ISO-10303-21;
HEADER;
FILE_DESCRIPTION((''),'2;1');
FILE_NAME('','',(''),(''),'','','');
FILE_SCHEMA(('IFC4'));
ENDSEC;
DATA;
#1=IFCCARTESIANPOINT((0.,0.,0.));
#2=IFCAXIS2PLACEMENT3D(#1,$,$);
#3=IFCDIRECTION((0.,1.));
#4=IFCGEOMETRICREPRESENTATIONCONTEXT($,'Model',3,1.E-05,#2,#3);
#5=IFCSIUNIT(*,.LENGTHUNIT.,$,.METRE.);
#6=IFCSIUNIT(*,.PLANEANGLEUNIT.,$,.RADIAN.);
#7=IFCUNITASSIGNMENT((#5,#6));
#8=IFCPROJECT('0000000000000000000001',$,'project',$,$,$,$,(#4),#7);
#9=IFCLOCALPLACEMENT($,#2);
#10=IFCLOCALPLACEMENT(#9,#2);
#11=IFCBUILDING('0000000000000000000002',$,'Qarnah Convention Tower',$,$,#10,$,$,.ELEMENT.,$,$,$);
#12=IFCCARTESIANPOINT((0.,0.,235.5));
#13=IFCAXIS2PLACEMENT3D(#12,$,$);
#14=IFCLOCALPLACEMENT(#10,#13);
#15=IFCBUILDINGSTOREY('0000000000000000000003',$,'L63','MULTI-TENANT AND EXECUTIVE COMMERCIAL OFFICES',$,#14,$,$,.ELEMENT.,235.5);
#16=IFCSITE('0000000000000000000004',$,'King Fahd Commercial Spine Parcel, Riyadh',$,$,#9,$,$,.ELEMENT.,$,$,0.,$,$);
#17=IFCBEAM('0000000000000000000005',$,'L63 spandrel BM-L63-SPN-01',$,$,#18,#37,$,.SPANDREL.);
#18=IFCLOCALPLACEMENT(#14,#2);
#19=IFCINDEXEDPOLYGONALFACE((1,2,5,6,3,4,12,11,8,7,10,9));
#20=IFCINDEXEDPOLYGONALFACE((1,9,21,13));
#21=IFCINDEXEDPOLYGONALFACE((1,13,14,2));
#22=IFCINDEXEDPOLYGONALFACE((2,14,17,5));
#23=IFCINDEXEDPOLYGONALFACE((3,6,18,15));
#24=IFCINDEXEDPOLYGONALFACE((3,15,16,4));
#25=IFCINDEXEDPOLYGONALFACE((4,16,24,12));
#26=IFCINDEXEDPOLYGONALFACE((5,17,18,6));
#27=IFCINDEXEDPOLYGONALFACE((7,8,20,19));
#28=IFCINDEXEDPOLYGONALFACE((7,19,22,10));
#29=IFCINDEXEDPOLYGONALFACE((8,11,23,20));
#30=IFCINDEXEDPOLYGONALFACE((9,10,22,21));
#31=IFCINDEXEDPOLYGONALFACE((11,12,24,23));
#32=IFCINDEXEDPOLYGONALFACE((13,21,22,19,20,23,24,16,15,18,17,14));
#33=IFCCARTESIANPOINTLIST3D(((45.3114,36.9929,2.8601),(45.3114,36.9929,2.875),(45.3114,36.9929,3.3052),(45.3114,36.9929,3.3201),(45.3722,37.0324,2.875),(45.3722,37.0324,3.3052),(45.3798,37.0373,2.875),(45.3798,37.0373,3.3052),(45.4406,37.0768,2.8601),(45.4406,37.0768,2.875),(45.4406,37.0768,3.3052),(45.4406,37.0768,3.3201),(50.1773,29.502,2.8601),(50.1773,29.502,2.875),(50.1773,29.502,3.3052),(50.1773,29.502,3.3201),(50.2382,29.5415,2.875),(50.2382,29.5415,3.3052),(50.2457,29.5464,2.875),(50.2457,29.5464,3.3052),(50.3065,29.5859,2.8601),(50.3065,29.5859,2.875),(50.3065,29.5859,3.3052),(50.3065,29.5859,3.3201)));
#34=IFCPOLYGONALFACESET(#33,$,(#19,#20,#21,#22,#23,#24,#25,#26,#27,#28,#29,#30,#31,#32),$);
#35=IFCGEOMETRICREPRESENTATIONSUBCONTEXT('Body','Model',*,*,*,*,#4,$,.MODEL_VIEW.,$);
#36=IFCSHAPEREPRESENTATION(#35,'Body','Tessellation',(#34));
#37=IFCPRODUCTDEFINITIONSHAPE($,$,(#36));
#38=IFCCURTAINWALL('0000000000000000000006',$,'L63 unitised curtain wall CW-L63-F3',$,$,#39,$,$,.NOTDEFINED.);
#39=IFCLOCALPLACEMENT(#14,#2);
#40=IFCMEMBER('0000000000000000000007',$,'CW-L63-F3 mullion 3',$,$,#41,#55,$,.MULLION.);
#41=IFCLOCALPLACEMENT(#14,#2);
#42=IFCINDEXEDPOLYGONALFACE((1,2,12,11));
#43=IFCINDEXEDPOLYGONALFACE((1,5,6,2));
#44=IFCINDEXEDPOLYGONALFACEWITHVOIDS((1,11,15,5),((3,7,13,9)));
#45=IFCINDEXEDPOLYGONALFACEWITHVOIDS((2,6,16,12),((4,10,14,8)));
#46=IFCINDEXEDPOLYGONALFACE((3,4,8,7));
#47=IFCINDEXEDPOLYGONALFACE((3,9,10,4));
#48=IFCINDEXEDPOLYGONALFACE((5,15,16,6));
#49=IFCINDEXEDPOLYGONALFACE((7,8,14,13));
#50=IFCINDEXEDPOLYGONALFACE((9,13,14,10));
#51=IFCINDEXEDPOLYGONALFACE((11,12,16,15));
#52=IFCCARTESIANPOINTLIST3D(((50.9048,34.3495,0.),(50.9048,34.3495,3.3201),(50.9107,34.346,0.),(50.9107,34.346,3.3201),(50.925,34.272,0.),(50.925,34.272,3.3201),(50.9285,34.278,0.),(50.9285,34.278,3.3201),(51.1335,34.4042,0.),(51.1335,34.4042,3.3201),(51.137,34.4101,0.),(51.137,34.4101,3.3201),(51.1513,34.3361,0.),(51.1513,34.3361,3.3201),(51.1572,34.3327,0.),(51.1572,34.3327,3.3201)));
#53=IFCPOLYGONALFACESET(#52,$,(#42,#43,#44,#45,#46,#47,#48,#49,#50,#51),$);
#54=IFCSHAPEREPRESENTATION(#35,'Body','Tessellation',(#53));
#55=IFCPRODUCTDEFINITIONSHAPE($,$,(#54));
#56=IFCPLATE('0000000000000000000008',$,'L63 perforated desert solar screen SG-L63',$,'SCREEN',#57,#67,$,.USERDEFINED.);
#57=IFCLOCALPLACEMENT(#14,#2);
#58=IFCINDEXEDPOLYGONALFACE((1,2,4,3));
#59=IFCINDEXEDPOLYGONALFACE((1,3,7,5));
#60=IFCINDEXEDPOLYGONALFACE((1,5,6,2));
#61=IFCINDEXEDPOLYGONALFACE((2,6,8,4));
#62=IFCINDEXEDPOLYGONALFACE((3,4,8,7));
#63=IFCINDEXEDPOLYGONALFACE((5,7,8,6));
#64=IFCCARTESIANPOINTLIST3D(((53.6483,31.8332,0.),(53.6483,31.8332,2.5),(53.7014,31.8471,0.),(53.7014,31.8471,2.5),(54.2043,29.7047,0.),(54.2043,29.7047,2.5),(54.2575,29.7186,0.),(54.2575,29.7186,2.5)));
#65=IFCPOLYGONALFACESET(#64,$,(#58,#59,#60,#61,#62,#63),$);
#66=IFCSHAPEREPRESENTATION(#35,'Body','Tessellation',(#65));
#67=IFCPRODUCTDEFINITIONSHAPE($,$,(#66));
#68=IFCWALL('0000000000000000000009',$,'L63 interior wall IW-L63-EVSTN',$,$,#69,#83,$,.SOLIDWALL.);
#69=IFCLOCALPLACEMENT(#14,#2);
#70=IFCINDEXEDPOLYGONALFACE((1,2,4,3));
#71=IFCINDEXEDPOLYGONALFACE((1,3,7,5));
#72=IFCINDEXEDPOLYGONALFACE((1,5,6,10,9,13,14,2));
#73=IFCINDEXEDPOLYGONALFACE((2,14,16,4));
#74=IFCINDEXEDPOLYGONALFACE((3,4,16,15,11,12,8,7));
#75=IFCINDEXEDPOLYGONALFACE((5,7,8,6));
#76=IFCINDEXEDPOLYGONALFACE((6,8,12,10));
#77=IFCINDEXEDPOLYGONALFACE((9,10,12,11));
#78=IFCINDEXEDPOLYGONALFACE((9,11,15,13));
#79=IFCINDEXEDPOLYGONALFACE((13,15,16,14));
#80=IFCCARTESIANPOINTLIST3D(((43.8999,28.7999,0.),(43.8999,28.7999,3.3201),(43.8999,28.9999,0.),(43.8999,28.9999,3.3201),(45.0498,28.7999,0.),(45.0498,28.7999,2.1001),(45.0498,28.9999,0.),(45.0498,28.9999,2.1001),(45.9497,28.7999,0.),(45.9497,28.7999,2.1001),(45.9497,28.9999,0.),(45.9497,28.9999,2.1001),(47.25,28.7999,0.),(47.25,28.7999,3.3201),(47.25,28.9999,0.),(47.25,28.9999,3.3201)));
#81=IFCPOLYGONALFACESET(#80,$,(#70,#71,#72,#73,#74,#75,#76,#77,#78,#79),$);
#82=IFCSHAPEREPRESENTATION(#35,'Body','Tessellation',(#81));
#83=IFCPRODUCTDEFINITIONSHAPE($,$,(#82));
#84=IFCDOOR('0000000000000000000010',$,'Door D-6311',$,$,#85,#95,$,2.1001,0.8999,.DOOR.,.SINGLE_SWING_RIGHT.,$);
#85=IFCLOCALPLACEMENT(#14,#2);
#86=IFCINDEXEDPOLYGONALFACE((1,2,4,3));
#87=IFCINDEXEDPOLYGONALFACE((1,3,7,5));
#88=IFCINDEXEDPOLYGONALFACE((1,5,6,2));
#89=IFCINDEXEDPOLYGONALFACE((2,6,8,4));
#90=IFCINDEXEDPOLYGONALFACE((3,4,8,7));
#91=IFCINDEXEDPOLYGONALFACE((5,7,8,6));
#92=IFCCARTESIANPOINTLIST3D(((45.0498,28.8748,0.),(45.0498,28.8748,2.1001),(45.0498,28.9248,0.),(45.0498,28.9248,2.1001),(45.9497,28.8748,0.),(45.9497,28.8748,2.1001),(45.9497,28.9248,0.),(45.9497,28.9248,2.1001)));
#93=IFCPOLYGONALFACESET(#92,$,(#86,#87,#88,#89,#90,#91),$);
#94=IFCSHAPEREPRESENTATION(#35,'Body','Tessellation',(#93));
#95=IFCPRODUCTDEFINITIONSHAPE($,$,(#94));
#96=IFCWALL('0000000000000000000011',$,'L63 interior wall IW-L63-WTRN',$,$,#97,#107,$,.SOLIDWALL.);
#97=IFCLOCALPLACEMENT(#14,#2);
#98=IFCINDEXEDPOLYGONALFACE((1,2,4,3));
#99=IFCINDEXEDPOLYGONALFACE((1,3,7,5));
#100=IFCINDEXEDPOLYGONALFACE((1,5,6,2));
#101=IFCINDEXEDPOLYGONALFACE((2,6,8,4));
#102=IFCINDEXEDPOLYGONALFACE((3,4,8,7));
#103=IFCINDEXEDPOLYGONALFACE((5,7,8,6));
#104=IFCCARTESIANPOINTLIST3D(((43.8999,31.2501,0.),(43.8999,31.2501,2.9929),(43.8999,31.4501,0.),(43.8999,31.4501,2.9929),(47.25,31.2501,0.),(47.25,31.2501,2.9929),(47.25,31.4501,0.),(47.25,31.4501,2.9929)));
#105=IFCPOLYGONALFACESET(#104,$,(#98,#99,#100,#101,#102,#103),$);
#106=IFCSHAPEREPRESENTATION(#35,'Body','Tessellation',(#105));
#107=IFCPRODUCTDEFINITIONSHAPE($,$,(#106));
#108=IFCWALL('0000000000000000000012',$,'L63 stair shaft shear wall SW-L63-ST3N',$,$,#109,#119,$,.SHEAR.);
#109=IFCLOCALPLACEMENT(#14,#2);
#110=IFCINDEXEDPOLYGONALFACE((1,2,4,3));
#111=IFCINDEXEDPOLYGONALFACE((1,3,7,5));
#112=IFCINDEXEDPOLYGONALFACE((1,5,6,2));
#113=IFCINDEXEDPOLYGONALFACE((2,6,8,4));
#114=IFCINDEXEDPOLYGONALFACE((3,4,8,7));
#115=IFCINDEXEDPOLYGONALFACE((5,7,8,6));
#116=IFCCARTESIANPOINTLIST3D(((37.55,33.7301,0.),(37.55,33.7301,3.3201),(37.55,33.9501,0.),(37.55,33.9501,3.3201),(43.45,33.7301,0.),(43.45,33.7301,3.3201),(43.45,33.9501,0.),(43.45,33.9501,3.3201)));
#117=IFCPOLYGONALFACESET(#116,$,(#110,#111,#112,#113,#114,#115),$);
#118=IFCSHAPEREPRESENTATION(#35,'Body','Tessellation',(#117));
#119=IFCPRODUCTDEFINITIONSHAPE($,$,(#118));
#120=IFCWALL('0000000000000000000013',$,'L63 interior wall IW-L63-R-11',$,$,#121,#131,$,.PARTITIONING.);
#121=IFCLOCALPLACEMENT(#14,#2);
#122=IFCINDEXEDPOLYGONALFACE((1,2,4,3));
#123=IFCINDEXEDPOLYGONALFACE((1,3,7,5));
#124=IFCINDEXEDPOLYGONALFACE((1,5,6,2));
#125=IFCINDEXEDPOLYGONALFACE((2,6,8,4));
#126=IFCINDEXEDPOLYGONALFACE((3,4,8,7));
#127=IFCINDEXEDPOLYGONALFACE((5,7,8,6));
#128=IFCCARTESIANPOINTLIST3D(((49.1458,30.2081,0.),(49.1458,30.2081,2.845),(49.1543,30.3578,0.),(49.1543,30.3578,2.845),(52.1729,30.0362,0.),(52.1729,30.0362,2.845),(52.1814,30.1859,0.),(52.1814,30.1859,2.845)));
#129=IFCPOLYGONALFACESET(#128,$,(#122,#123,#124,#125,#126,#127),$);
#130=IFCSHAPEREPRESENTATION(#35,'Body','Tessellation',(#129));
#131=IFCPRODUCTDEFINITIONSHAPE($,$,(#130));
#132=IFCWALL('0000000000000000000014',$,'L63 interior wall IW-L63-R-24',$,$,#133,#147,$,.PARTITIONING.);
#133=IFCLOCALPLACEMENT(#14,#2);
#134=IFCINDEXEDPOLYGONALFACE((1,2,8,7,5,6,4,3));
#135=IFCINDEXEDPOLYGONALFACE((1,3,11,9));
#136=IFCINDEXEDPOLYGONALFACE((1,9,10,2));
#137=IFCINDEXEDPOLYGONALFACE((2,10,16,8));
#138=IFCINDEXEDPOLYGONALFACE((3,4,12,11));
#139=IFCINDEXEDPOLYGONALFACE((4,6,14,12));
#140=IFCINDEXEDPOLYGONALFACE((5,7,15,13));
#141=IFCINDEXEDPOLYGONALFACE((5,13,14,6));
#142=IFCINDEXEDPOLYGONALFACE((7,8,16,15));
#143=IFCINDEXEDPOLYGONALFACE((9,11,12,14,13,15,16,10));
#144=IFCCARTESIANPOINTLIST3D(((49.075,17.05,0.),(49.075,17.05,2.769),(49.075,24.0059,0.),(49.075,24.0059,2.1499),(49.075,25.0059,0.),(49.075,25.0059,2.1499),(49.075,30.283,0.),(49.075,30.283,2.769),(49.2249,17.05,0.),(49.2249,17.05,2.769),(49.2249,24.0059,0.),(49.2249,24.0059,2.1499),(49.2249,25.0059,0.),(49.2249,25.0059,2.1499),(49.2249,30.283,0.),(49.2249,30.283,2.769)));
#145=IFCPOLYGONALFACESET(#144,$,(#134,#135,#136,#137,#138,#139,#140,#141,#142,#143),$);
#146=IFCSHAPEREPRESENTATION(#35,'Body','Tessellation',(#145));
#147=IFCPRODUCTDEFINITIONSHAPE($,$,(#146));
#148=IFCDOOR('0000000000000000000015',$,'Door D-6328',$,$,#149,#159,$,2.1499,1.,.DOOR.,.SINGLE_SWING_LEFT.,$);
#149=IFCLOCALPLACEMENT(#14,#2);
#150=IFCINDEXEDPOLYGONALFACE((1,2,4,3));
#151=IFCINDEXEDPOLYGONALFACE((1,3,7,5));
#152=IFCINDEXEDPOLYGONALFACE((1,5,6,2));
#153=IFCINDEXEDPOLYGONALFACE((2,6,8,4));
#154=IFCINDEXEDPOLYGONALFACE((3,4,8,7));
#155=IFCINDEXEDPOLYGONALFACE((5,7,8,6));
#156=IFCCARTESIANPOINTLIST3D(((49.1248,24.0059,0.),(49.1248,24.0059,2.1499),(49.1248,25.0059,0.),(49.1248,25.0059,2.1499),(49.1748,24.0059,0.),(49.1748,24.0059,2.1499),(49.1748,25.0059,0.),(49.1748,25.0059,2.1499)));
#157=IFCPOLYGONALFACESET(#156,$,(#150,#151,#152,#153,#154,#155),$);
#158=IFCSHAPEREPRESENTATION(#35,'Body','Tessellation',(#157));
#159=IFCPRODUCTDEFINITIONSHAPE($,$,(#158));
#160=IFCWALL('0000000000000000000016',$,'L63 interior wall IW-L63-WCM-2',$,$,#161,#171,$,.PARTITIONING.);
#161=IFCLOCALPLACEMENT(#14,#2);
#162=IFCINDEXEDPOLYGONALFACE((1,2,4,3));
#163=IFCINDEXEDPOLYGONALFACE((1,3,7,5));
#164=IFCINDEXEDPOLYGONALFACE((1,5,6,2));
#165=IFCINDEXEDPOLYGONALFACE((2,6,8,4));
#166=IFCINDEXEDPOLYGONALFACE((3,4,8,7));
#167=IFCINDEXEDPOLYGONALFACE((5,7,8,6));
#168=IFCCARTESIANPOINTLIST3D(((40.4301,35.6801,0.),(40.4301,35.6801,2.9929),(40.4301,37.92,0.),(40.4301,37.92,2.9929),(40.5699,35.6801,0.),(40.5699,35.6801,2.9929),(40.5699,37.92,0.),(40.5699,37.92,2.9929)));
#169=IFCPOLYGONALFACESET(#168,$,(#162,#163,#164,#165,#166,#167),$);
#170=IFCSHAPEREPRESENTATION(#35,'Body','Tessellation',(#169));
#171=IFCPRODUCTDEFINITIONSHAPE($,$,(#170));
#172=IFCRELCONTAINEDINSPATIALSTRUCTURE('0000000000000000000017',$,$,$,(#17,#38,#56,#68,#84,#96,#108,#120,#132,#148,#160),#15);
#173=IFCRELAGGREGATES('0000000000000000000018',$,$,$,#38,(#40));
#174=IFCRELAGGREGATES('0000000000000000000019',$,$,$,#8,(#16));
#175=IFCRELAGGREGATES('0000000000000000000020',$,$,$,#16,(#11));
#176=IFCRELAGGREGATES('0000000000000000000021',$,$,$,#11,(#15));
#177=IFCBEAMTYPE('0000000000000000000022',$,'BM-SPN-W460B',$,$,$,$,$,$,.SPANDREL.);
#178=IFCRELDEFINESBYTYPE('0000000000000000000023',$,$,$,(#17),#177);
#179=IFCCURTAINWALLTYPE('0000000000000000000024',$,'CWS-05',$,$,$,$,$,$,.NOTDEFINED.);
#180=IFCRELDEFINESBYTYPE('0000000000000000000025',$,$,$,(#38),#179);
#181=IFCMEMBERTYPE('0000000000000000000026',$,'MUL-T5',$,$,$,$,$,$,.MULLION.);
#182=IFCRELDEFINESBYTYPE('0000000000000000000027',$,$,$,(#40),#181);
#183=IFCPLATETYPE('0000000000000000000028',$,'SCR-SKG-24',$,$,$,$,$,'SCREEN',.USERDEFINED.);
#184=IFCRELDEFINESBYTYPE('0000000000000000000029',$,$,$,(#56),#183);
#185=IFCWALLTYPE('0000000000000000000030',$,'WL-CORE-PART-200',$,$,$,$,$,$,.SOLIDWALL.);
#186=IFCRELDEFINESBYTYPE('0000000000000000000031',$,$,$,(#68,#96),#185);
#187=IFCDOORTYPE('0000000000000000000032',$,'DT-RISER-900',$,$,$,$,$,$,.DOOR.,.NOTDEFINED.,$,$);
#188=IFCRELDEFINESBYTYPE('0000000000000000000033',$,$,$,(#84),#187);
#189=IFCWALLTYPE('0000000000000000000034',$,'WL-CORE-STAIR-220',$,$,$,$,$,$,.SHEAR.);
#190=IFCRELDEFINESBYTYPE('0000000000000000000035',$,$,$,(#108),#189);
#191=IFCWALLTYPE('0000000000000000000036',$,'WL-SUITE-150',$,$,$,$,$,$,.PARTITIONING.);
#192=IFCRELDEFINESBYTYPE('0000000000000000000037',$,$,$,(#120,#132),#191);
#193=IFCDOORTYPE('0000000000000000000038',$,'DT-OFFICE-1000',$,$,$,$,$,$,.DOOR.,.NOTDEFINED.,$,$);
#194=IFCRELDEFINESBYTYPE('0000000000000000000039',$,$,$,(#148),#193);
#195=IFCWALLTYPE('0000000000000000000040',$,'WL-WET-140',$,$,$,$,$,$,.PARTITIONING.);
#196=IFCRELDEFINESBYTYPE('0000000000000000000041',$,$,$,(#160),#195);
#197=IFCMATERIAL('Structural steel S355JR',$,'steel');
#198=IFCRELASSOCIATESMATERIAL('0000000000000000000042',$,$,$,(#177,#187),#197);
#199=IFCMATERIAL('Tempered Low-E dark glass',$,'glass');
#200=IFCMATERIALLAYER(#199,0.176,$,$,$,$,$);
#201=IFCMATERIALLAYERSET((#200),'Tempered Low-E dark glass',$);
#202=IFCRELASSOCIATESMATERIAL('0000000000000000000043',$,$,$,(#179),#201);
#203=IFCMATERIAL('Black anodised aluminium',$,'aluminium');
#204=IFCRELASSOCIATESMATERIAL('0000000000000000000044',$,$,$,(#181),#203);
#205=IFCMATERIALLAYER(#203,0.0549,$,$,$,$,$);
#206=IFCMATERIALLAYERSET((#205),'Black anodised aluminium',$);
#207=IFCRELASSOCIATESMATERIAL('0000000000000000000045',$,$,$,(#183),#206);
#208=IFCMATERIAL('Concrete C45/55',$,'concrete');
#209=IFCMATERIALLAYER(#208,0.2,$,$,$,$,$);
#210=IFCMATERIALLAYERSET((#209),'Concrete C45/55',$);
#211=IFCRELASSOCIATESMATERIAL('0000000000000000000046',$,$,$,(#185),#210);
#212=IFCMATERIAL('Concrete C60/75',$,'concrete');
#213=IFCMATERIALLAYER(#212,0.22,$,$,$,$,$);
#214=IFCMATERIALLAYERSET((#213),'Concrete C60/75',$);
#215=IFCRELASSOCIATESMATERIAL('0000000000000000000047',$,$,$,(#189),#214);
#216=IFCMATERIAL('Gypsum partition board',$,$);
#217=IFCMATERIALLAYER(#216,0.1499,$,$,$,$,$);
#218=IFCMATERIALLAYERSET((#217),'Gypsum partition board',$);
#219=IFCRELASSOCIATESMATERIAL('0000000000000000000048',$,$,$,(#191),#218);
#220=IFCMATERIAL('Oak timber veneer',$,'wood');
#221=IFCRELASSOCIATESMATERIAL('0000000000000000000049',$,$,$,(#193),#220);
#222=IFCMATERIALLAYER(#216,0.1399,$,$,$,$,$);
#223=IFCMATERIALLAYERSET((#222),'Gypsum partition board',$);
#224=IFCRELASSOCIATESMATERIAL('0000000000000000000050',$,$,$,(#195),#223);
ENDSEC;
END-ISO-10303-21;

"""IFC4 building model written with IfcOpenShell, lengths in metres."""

from ifc_helpers import new_model, si_unit, direction, frame, frame_2d, origin, origin_2d, place, context, subcontext, project, spatial, rectangle, hollow_rectangle, i_section, extrude, material, layer, layer_set, material_profile, profile_set, type_object, element, fill, aggregate, save


model = new_model("IFC4")

# Units and contexts
model_context = context("Model", 3, precision=1e-05, world=origin(), true_north=direction((0.0, 1.0)))
body_context = subcontext(model_context, "Body", "Model", "MODEL_VIEW")
ifc_project = project(units=[si_unit("LENGTHUNIT", "METRE"), si_unit("PLANEANGLEUNIT", "RADIAN")], contexts=[model_context])

# Site, building, storey
site_placement = place(None, origin())
site = spatial("IfcSite", under=ifc_project, at=site_placement, Name="King Fahd Commercial Spine Parcel, Riyadh", CompositionType="ELEMENT", RefElevation=0.0)
building_placement = place(site_placement, origin())
building = spatial("IfcBuilding", under=site, at=building_placement, Name="Qarnah Convention Tower", CompositionType="ELEMENT")
storey_placement = place(building_placement, frame((0.0, 0.0, 235.5)))
storey = spatial("IfcBuildingStorey", under=building, at=storey_placement, Name="L63", Description="MULTI-TENANT AND EXECUTIVE COMMERCIAL OFFICES", CompositionType="ELEMENT", Elevation=235.5)

# Beam
ifc_material_1 = material(Name="Structural steel S355JR", Category="steel")
ifc_material_profile_1 = material_profile(ifc_material_1, i_section(OverallWidth=0.1541, OverallDepth=0.46, WebThickness=0.009, FlangeThickness=0.0149, at=origin_2d()), Name="W460X68")
ifc_profile_set_1 = profile_set([ifc_material_profile_1], Name="Structural steel S355JR")
beam_type_1 = type_object("IfcBeamType", Name="BM-SPN-W460B", PredefinedType="SPANDREL", material=ifc_profile_set_1)
beam_1_placement = place(storey_placement, frame((50.2419, 29.5439, 3.0901), z_axis=(-0.54474, 0.838605, 0.0), x_axis=(-0.838605, -0.54474, 0.0)))
element("IfcBeam", 1, at=beam_1_placement, inside=storey, type_object=beam_type_1, Name="L63 spandrel BM-L63-SPN-01", PredefinedType="SPANDREL", context=body_context, shape_type="SweptSolid", body=[
    extrude(i_section(OverallWidth=0.1541, OverallDepth=0.46, WebThickness=0.009, FlangeThickness=0.0149, at=origin_2d()), origin(), (0.0, 0.0, 1.0), 8.9326),
])

# Curtain wall, member
ifc_material_2 = material(Name="Tempered Low-E dark glass", Category="glass")
ifc_layer_1 = layer(ifc_material_2, 0.176)
ifc_layer_set_1 = layer_set([ifc_layer_1], Name="Tempered Low-E dark glass")
curtain_wall_type = type_object("IfcCurtainWallType", Name="CWS-05", PredefinedType="NOTDEFINED", material=ifc_layer_set_1)
curtain_wall_placement = place(storey_placement, origin())
curtain_wall = element("IfcCurtainWall", 2, at=curtain_wall_placement, inside=storey, type_object=curtain_wall_type, Name="L63 unitised curtain wall CW-L63-F3", PredefinedType="NOTDEFINED")
ifc_material_3 = material(Name="Black anodised aluminium", Category="aluminium")
ifc_material_profile_2 = material_profile(ifc_material_3, hollow_rectangle(XDim=0.0801, YDim=0.24, WallThickness=0.0049, at=origin_2d()), Name="MUL-80X240")
ifc_profile_set_2 = profile_set([ifc_material_profile_2], Name="Black anodised aluminium")
member_type = type_object("IfcMemberType", Name="MUL-T5", PredefinedType="MULLION", material=ifc_profile_set_2)
member_placement = place(storey_placement, frame((51.031, 34.3411, 0.0), z_axis=(0.0, 0.0, 1.0), x_axis=(0.252725, -0.967538, 0.0)))
member = element("IfcMember", 3, at=member_placement, type_object=member_type, Name="CW-L63-F3 mullion 3", PredefinedType="MULLION", context=body_context, shape_type="SweptSolid", body=[
    extrude(hollow_rectangle(XDim=0.0801, YDim=0.24, WallThickness=0.0049, at=origin_2d()), origin(), (0.0, 0.0, 1.0), 3.3201),
])
aggregate(curtain_wall, [member])

# Plate
ifc_layer_2 = layer(ifc_material_3, 0.0549)
ifc_layer_set_2 = layer_set([ifc_layer_2], Name="Black anodised aluminium")
plate_type = type_object("IfcPlateType", Name="SCR-SKG-24", ElementType="SCREEN", PredefinedType="USERDEFINED", material=ifc_layer_set_2)
plate_placement = place(storey_placement, frame((53.9529, 30.7759, 0.0), z_axis=(0.0, 0.0, 1.0), x_axis=(0.25277, -0.967526, 0.0)))
element("IfcPlate", 4, at=plate_placement, inside=storey, type_object=plate_type, Name="L63 perforated desert solar screen SG-L63", ObjectType="SCREEN", PredefinedType="USERDEFINED", context=body_context, shape_type="SweptSolid", body=[
    extrude(rectangle(XDim=2.2, YDim=0.0549, at=origin_2d()), origin(), (0.0, 0.0, 1.0), 2.5),
])

# Wall, opening, door
ifc_material_4 = material(Name="Concrete C45/55", Category="concrete")
ifc_layer_3 = layer(ifc_material_4, 0.2)
ifc_layer_set_3 = layer_set([ifc_layer_3], Name="Concrete C45/55")
wall_type_1 = type_object("IfcWallType", Name="WL-CORE-PART-200", PredefinedType="SOLIDWALL", material=ifc_layer_set_3)
wall_1_placement = place(storey_placement, frame((43.8999, 28.8999, 0.0), z_axis=(0.0, 0.0, 1.0), x_axis=(1.0, 0.0, 0.0)))
wall_1 = element("IfcWall", 5, at=wall_1_placement, inside=storey, type_object=wall_type_1, Name="L63 interior wall IW-L63-EVSTN", PredefinedType="SOLIDWALL", context=body_context, shape_type="SweptSolid", body=[
    extrude(rectangle(XDim=3.3501, YDim=0.2, at=frame_2d((1.675, 0.0))), origin(), (0.0, 0.0, 1.0), 3.3201),
])
opening_1_placement = place(wall_1_placement, frame((1.1499, 0.0, 0.0)))
opening_1 = element("IfcOpeningElement", 6, at=opening_1_placement, cuts=wall_1, PredefinedType="OPENING", context=body_context, shape_type="SweptSolid", body=[
    extrude(rectangle(XDim=0.8999, YDim=2.1001, at=frame_2d((0.45, 1.05))), frame((0.0, 0.1099, 0.0), z_axis=(0.0, -1.0, 0.0), x_axis=(1.0, 0.0, 0.0)), (0.0, 0.0, 1.0), 0.22),
])
door_type_1 = type_object("IfcDoorType", Name="DT-RISER-900", OperationType="NOTDEFINED", PredefinedType="DOOR", material=ifc_material_1)
door_1_placement = place(opening_1_placement, origin())
door_1 = element("IfcDoor", 7, at=door_1_placement, inside=storey, type_object=door_type_1, Name="Door D-6311", OperationType="SINGLE_SWING_RIGHT", OverallHeight=2.1001, OverallWidth=0.8999, PredefinedType="DOOR", context=body_context, shape_type="SweptSolid", body=[
    extrude(rectangle(XDim=0.8999, YDim=2.1001, at=frame_2d((0.45, 1.05))), frame((0.0, 0.0249, 0.0), z_axis=(0.0, -1.0, 0.0), x_axis=(1.0, 0.0, 0.0)), (0.0, 0.0, 1.0), 0.05),
])
fill(opening_1, door_1)

# Walls
wall_2_placement = place(storey_placement, frame((43.8999, 31.3501, 0.0), z_axis=(0.0, 0.0, 1.0), x_axis=(1.0, 0.0, 0.0)))
element("IfcWall", 8, at=wall_2_placement, inside=storey, type_object=wall_type_1, Name="L63 interior wall IW-L63-WTRN", PredefinedType="SOLIDWALL", context=body_context, shape_type="SweptSolid", body=[
    extrude(rectangle(XDim=3.3501, YDim=0.2, at=frame_2d((1.675, 0.0))), origin(), (0.0, 0.0, 1.0), 2.9929),
])
ifc_material_5 = material(Name="Concrete C60/75", Category="concrete")
ifc_layer_4 = layer(ifc_material_5, 0.22)
ifc_layer_set_4 = layer_set([ifc_layer_4], Name="Concrete C60/75")
wall_type_2 = type_object("IfcWallType", Name="WL-CORE-STAIR-220", PredefinedType="SHEAR", material=ifc_layer_set_4)
wall_3_placement = place(storey_placement, frame((37.55, 33.8401, 0.0), z_axis=(0.0, 0.0, 1.0), x_axis=(1.0, 0.0, 0.0)))
element("IfcWall", 9, at=wall_3_placement, inside=storey, type_object=wall_type_2, Name="L63 stair shaft shear wall SW-L63-ST3N", PredefinedType="SHEAR", context=body_context, shape_type="SweptSolid", body=[
    extrude(rectangle(XDim=5.8999, YDim=0.22, at=frame_2d((2.95, 0.0))), origin(), (0.0, 0.0, 1.0), 3.3201),
])

# Wall
ifc_material_6 = material(Name="Gypsum partition board")
ifc_layer_5 = layer(ifc_material_6, 0.1499)
ifc_layer_set_5 = layer_set([ifc_layer_5], Name="Gypsum partition board")
wall_type_3 = type_object("IfcWallType", Name="WL-SUITE-150", PredefinedType="PARTITIONING", material=ifc_layer_set_5)
wall_4_placement = place(storey_placement, frame((49.1499, 30.283, 0.0), z_axis=(0.0, 0.0, 1.0), x_axis=(0.998392, -0.056687, 0.0)))
element("IfcWall", 10, at=wall_4_placement, inside=storey, type_object=wall_type_3, Name="L63 interior wall IW-L63-R-11", PredefinedType="PARTITIONING", context=body_context, shape_type="SweptSolid", body=[
    extrude(rectangle(XDim=3.032, YDim=0.1499, at=frame_2d((1.5161, 0.0))), origin(), (0.0, 0.0, 1.0), 2.845),
])

# Wall, opening, door
wall_5_placement = place(storey_placement, frame((49.1499, 30.283, 0.0), z_axis=(0.0, 0.0, 1.0), x_axis=(0.0, -1.0, 0.0)))
wall_5 = element("IfcWall", 11, at=wall_5_placement, inside=storey, type_object=wall_type_3, Name="L63 interior wall IW-L63-R-24", PredefinedType="PARTITIONING", context=body_context, shape_type="SweptSolid", body=[
    extrude(rectangle(XDim=13.2329, YDim=0.1499, at=frame_2d((6.6165, 0.0))), origin(), (0.0, 0.0, 1.0), 2.769),
])
opening_2_placement = place(wall_5_placement, frame((5.2771, 0.0, 0.0)))
opening_2 = element("IfcOpeningElement", 12, at=opening_2_placement, cuts=wall_5, PredefinedType="OPENING", context=body_context, shape_type="SweptSolid", body=[
    extrude(rectangle(XDim=1.0, YDim=2.1499, at=frame_2d((0.5, 1.075))), frame((0.0, 0.085, 0.0), z_axis=(0.0, -1.0, 0.0), x_axis=(1.0, 0.0, 0.0)), (0.0, 0.0, 1.0), 0.1699),
])
ifc_material_7 = material(Name="Oak timber veneer", Category="wood")
door_type_2 = type_object("IfcDoorType", Name="DT-OFFICE-1000", OperationType="NOTDEFINED", PredefinedType="DOOR", material=ifc_material_7)
door_2_placement = place(opening_2_placement, origin())
door_2 = element("IfcDoor", 13, at=door_2_placement, inside=storey, type_object=door_type_2, Name="Door D-6328", OperationType="SINGLE_SWING_LEFT", OverallHeight=2.1499, OverallWidth=1.0, PredefinedType="DOOR", context=body_context, shape_type="SweptSolid", body=[
    extrude(rectangle(XDim=1.0, YDim=2.1499, at=frame_2d((0.5, 1.075))), frame((0.0, 0.0249, 0.0), z_axis=(0.0, -1.0, 0.0), x_axis=(1.0, 0.0, 0.0)), (0.0, 0.0, 1.0), 0.05),
])
fill(opening_2, door_2)

# Wall
ifc_layer_6 = layer(ifc_material_6, 0.1399)
ifc_layer_set_6 = layer_set([ifc_layer_6], Name="Gypsum partition board")
wall_type_4 = type_object("IfcWallType", Name="WL-WET-140", PredefinedType="PARTITIONING", material=ifc_layer_set_6)
wall_6_placement = place(storey_placement, frame((40.5, 35.6799, 0.0), z_axis=(0.0, 0.0, 1.0), x_axis=(0.0, 1.0, 0.0)))
element("IfcWall", 14, at=wall_6_placement, inside=storey, type_object=wall_type_4, Name="L63 interior wall IW-L63-WCM-2", PredefinedType="PARTITIONING", context=body_context, shape_type="SweptSolid", body=[
    extrude(rectangle(XDim=2.24, YDim=0.1399, at=frame_2d((1.1201, 0.0))), origin(), (0.0, 0.0, 1.0), 2.9929),
])

save(model, "model.ifc")
